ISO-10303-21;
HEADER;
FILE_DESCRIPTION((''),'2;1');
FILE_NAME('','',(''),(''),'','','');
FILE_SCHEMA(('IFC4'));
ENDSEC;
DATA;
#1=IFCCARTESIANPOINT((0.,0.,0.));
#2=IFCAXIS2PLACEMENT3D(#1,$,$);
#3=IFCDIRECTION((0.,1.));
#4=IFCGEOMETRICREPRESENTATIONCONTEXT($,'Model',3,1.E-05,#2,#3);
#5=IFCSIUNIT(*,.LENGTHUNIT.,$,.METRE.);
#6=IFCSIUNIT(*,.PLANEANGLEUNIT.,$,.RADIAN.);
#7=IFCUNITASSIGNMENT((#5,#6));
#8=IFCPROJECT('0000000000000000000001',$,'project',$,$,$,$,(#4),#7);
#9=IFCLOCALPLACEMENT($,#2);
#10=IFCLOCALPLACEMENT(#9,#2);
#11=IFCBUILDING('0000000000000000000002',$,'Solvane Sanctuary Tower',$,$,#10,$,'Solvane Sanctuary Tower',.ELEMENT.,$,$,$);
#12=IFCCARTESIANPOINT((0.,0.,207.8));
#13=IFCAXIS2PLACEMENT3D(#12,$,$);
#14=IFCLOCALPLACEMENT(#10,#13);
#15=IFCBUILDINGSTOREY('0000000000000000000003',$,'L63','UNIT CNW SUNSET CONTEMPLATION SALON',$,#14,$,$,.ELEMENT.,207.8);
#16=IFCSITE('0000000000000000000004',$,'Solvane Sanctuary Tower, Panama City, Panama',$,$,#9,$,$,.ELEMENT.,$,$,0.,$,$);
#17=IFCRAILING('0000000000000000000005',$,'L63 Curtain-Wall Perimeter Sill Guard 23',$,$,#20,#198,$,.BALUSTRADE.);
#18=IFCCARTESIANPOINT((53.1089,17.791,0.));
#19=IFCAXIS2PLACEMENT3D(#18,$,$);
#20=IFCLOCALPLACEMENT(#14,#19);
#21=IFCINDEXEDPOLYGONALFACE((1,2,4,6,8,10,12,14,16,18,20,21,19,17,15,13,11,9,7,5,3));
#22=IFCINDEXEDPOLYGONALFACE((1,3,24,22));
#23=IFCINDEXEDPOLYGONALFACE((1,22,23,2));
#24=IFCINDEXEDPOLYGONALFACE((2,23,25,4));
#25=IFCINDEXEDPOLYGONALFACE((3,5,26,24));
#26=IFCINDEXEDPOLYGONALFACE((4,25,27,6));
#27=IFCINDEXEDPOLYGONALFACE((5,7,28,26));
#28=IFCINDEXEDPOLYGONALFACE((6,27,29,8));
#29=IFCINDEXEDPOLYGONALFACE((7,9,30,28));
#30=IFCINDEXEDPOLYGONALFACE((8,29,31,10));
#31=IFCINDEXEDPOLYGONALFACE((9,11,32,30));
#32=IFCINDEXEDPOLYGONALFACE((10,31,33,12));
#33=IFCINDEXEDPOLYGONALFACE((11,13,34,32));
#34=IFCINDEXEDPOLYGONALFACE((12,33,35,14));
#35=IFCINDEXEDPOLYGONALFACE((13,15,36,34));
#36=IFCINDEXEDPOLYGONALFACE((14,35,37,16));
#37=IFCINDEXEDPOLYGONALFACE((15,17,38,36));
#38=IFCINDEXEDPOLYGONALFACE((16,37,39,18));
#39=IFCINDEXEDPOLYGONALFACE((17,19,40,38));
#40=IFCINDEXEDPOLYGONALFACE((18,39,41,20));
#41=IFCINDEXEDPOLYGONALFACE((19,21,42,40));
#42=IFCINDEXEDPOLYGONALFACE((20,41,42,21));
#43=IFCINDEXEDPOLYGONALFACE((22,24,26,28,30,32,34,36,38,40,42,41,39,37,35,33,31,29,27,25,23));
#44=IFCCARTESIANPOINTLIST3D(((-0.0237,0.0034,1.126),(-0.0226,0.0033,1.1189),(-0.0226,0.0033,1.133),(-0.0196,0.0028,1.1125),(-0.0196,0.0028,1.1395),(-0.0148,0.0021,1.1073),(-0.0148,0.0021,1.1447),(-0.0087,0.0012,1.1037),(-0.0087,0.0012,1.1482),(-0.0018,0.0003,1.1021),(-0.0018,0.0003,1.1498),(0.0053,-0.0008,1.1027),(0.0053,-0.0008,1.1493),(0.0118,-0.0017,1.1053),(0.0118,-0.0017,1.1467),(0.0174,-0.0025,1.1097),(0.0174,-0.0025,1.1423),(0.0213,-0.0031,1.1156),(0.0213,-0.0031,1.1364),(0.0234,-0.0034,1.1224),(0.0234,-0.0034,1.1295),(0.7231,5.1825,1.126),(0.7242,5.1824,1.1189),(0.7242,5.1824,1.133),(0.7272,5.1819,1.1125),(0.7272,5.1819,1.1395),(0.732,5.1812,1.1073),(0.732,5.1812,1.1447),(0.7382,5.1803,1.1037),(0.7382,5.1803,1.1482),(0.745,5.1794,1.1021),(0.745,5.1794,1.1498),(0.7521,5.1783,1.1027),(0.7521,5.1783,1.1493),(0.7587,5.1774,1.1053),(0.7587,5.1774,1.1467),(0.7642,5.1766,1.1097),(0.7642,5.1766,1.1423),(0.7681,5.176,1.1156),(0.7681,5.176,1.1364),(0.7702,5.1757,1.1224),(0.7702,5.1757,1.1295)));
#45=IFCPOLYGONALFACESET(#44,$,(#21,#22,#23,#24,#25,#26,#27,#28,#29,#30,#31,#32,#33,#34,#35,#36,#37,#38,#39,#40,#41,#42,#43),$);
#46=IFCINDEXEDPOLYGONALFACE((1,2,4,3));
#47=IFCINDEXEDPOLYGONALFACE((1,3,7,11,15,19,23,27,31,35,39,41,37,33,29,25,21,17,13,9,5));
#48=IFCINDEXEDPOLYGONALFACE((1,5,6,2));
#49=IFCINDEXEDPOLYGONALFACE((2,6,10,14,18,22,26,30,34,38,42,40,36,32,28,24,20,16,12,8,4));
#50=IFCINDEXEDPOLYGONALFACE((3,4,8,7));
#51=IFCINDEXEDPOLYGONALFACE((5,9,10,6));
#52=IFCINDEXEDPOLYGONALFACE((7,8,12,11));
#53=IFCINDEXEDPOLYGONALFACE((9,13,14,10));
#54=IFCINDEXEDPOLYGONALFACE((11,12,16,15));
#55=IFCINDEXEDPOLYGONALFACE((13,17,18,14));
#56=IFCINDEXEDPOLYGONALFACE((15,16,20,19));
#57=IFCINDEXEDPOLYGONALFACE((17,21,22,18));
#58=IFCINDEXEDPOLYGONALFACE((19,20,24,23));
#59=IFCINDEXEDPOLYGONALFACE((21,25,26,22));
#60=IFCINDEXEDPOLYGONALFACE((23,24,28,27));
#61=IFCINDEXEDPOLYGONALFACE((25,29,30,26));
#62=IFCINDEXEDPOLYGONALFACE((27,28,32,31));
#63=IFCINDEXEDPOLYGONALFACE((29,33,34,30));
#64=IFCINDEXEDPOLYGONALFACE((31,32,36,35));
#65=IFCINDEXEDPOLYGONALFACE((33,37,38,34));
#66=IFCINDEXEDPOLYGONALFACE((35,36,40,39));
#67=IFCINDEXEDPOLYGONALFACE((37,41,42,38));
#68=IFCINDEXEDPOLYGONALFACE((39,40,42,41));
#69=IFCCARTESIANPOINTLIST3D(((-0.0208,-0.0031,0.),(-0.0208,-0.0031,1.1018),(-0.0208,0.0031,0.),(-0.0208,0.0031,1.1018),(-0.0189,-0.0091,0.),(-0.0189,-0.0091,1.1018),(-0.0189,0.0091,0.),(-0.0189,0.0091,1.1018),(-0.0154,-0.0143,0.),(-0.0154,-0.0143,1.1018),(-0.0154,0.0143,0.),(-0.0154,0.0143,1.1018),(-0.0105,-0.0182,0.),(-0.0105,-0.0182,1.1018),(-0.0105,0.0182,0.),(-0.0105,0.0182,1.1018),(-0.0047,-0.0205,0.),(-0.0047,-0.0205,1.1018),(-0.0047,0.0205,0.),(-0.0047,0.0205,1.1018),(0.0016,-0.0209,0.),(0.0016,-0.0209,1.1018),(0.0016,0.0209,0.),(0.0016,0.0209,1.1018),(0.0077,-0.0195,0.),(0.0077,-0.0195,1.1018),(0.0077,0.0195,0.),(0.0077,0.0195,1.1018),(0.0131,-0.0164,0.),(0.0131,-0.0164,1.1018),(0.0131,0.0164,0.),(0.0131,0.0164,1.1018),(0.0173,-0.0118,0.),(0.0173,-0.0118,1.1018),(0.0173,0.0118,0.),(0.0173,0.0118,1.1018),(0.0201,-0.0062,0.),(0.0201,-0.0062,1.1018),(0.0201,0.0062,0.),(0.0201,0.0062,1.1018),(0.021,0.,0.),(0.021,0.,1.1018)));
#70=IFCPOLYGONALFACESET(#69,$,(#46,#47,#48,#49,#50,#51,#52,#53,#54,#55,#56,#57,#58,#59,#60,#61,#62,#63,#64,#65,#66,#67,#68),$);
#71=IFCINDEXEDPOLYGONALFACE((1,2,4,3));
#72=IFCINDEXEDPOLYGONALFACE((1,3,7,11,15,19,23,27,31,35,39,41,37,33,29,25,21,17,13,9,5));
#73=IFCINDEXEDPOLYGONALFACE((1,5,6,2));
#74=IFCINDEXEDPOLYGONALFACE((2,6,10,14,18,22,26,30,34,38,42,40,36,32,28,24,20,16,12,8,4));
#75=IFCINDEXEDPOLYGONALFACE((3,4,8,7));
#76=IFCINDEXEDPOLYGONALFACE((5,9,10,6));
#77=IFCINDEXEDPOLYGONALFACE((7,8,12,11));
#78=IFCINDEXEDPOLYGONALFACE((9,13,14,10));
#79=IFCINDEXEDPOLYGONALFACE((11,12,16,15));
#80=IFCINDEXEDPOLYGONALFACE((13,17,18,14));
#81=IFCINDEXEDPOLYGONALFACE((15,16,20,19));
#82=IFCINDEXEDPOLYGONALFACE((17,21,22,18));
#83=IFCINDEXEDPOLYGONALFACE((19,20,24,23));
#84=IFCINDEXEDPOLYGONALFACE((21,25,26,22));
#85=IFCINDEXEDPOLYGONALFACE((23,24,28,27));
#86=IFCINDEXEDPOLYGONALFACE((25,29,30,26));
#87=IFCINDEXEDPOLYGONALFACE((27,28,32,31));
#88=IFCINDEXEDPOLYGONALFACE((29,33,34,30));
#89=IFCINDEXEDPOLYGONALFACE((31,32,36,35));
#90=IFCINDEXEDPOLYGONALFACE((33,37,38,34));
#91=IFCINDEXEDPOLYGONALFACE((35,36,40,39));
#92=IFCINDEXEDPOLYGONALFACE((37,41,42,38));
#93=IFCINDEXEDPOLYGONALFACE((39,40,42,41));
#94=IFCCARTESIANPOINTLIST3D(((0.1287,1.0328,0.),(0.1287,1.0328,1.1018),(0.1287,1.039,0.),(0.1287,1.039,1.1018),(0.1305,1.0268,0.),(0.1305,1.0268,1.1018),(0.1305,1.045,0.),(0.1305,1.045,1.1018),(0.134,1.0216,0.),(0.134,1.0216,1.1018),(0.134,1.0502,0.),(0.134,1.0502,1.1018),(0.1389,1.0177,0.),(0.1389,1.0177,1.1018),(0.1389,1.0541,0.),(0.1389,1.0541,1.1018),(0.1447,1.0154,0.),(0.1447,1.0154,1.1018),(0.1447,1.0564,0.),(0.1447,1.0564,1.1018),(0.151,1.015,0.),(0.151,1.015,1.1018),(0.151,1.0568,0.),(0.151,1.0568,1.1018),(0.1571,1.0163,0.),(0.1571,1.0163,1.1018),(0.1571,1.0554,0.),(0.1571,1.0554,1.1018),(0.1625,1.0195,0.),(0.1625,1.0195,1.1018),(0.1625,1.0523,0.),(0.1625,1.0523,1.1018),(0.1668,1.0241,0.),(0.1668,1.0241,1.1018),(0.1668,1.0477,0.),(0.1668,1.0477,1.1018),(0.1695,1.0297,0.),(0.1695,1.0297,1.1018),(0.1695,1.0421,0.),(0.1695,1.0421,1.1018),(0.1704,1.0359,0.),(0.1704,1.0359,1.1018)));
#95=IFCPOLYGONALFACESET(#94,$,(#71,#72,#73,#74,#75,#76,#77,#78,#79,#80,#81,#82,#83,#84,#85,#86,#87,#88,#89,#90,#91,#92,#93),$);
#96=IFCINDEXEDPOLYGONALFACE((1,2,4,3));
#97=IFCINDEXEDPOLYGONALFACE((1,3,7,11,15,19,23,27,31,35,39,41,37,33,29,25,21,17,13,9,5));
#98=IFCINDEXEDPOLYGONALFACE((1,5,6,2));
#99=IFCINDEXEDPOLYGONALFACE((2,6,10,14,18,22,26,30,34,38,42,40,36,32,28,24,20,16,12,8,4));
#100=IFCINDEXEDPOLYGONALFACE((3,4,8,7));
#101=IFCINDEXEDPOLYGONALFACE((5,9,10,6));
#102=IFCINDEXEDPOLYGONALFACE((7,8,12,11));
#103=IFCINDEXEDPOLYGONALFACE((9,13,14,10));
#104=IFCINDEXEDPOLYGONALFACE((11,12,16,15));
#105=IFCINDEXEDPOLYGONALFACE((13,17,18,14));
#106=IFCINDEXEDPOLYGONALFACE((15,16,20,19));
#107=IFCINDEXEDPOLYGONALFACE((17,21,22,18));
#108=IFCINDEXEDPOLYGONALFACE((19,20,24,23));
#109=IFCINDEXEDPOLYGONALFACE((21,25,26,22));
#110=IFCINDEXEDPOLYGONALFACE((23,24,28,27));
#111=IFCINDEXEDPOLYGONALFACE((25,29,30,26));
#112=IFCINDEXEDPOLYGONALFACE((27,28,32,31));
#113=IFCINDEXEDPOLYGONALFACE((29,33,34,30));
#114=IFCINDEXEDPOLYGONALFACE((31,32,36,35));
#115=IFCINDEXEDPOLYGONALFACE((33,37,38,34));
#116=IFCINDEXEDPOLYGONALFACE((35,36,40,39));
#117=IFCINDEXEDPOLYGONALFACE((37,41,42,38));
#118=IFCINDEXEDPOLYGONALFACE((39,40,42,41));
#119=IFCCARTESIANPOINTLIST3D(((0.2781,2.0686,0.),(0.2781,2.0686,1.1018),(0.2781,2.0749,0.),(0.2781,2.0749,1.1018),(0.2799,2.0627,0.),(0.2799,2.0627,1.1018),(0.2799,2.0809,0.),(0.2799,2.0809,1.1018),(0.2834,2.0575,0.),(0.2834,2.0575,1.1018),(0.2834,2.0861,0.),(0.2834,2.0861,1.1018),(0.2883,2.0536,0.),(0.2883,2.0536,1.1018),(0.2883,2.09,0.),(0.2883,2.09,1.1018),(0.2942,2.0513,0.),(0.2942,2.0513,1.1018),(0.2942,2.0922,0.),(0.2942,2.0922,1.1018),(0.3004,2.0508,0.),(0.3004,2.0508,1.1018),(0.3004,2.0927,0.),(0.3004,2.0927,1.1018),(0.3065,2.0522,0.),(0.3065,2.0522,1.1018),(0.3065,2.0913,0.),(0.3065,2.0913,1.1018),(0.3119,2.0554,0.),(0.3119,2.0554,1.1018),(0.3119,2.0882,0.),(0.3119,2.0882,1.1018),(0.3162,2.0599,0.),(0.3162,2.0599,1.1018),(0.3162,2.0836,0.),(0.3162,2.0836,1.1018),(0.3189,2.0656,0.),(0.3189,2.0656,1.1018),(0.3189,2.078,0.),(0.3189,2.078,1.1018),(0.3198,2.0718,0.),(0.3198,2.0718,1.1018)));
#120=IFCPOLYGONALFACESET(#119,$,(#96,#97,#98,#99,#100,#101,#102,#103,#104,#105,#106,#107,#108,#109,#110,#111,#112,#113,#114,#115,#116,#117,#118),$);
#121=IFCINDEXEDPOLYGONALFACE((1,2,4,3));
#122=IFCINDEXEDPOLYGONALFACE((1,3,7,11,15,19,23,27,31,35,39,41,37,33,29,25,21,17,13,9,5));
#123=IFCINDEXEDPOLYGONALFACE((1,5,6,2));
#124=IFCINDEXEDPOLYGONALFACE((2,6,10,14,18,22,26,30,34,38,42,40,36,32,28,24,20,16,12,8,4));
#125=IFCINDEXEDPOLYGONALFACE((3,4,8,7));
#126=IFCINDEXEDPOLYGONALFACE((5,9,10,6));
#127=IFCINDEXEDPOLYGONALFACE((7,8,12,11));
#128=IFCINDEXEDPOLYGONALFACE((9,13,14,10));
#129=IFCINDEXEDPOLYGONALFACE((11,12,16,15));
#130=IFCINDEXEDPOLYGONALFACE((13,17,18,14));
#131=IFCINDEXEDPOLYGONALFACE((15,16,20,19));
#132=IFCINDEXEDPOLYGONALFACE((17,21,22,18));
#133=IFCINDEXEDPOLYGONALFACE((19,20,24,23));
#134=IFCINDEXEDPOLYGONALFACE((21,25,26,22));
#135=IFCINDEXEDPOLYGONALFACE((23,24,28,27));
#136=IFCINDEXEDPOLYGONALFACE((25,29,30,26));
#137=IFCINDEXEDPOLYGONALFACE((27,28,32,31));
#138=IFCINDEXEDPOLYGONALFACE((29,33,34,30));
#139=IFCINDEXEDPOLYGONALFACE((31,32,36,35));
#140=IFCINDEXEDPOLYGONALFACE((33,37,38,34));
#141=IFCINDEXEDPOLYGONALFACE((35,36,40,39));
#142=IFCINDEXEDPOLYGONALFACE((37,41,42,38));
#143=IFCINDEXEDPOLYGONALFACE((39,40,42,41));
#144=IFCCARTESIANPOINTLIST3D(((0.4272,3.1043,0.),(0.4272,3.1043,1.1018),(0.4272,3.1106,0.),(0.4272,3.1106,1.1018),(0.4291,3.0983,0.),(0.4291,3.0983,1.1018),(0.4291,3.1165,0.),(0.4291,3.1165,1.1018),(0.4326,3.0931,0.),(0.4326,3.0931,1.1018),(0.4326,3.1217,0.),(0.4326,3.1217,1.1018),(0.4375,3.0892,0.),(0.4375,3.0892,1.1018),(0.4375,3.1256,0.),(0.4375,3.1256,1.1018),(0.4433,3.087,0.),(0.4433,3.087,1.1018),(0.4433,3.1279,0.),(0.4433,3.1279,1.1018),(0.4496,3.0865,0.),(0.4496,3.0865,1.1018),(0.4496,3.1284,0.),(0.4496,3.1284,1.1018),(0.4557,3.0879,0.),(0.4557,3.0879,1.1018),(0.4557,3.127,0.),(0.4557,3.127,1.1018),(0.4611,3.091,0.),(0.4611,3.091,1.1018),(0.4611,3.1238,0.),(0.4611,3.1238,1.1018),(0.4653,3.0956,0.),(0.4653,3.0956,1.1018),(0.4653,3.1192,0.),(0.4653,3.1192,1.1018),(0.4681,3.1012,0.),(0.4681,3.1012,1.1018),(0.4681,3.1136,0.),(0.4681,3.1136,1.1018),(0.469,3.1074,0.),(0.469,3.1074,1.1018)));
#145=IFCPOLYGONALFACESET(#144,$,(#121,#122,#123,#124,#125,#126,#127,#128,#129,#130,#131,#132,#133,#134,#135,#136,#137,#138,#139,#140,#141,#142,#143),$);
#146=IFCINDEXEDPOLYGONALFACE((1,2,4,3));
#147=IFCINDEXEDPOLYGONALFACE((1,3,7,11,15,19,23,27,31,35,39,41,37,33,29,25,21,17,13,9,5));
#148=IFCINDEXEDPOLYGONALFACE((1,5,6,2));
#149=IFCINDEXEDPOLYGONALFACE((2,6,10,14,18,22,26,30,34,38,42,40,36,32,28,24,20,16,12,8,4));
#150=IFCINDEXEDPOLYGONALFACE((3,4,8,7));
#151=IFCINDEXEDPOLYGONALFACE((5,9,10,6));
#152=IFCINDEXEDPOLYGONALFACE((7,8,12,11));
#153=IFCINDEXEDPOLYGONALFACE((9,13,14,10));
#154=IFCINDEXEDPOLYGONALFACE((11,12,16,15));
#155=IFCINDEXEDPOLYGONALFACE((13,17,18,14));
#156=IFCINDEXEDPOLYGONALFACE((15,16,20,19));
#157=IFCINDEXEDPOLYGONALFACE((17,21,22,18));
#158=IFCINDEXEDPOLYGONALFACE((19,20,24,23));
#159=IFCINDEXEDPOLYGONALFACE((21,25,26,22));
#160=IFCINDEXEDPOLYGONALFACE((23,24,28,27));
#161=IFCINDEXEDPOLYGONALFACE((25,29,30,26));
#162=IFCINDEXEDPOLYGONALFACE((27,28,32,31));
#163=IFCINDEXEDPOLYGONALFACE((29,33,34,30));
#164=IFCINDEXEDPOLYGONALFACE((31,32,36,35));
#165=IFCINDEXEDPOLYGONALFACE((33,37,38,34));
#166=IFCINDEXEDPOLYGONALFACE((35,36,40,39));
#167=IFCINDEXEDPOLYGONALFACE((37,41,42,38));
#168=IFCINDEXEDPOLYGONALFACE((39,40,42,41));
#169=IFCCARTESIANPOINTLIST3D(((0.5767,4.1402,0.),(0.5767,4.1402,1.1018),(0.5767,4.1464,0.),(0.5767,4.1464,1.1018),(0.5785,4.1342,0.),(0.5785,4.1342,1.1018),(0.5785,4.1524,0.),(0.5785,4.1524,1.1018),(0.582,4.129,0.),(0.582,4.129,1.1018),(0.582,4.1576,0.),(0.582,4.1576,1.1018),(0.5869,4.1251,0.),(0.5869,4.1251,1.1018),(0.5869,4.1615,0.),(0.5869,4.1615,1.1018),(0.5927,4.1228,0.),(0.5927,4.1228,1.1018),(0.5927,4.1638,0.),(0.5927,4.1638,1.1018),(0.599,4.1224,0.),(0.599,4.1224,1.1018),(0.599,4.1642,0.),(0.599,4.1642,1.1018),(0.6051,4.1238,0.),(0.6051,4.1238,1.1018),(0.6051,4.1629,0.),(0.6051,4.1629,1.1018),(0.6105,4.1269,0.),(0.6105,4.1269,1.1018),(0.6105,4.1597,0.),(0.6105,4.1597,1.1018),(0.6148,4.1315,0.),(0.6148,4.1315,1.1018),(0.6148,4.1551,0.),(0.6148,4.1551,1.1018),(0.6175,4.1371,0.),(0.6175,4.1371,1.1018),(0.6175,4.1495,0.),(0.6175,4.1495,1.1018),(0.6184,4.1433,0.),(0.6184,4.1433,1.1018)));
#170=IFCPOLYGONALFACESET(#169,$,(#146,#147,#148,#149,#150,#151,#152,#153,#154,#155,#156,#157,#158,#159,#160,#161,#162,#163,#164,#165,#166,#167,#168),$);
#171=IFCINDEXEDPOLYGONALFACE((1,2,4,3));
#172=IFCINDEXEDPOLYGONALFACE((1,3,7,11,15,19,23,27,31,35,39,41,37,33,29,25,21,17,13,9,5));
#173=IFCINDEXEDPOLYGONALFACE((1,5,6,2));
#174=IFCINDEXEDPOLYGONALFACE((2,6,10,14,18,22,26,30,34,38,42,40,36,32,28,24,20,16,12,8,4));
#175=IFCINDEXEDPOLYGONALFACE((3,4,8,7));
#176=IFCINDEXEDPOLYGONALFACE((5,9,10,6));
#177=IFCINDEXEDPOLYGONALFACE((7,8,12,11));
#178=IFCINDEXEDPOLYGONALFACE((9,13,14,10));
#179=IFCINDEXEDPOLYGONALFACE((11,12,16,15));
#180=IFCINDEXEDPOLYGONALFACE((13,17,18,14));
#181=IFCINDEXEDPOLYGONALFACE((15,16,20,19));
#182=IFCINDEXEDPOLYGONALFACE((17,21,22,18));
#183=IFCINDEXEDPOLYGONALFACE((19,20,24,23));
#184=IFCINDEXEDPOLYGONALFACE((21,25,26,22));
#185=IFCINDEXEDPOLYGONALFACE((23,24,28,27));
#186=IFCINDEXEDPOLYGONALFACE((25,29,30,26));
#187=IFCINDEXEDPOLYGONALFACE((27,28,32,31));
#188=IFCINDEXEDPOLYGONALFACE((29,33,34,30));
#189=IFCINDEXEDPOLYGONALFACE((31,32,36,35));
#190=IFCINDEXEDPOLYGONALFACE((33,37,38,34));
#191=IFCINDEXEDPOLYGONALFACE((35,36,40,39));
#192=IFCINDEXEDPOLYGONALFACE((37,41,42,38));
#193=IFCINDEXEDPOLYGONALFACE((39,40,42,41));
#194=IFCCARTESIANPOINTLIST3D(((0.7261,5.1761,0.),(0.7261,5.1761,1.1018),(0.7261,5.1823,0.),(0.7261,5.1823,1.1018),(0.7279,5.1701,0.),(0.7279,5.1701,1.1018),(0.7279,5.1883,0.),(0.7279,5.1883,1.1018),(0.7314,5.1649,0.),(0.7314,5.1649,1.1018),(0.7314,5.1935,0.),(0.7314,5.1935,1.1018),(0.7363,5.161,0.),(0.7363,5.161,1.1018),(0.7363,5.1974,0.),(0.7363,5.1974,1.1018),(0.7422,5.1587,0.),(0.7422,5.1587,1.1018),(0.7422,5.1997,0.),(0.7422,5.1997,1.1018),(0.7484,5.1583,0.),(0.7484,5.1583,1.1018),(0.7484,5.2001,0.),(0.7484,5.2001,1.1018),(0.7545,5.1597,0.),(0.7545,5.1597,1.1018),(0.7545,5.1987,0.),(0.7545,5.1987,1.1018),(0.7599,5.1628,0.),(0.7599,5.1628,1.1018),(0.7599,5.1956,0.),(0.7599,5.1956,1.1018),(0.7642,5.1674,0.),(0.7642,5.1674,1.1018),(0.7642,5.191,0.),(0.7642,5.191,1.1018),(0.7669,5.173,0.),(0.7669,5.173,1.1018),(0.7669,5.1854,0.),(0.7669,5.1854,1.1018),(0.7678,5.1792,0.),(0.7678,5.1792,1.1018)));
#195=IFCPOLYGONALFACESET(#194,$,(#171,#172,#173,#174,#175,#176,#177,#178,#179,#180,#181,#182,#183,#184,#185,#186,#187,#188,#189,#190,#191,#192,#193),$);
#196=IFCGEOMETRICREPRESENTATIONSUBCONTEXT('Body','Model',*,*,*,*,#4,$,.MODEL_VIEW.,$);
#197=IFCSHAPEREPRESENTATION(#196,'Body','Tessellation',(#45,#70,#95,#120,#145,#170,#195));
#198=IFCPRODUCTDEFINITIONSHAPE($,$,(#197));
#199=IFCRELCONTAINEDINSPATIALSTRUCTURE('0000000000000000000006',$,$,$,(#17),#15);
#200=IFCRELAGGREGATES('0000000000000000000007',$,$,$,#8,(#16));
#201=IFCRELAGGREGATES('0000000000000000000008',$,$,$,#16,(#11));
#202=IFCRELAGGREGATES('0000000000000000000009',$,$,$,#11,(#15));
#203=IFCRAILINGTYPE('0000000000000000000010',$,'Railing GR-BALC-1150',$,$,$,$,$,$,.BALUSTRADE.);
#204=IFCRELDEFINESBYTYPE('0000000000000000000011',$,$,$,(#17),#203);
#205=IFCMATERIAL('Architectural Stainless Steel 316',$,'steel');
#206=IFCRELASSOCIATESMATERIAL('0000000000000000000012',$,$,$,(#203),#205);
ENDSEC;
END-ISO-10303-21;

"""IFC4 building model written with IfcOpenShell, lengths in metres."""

from ifc_helpers import new_model, si_unit, direction, frame, origin, origin_2d, place, context, subcontext, project, spatial, circle, extrude, material, type_object, element, save


model = new_model("IFC4")

# Units and contexts
model_context = context("Model", 3, precision=1e-05, world=origin(), true_north=direction((0.0, 1.0)))
body_context = subcontext(model_context, "Body", "Model", "MODEL_VIEW")
ifc_project = project(units=[si_unit("LENGTHUNIT", "METRE"), si_unit("PLANEANGLEUNIT", "RADIAN")], contexts=[model_context])

# Site, building, storey
site_placement = place(None, origin())
site = spatial("IfcSite", under=ifc_project, at=site_placement, Name="Solvane Sanctuary Tower, Panama City, Panama", CompositionType="ELEMENT", RefElevation=0.0)
building_placement = place(site_placement, origin())
building = spatial("IfcBuilding", under=site, at=building_placement, Name="Solvane Sanctuary Tower", LongName="Solvane Sanctuary Tower", CompositionType="ELEMENT")
storey_placement = place(building_placement, frame((0.0, 0.0, 207.8)))
storey = spatial("IfcBuildingStorey", under=building, at=storey_placement, Name="L63", Description="UNIT CNW SUNSET CONTEMPLATION SALON", CompositionType="ELEMENT", Elevation=207.8)

# Railing
ifc_material_1 = material(Name="Architectural Stainless Steel 316", Category="steel")
railing_type_1 = type_object("IfcRailingType", Name="Railing GR-BALC-1150", PredefinedType="BALUSTRADE", material=ifc_material_1)
railing_1_placement = place(storey_placement, frame((53.1089, 17.791, 0.0)))
element("IfcRailing", 1, at=railing_1_placement, inside=storey, type_object=railing_type_1, Name="L63 Curtain-Wall Perimeter Sill Guard 23", PredefinedType="BALUSTRADE", context=body_context, shape_type="SweptSolid", body=[
    extrude(circle(Radius=0.0239, at=origin_2d()), frame((0.0, 0.0, 1.126), z_axis=(0.142721, 0.989763, 0.0), x_axis=(-0.989763, 0.142721, 0.0)), (0.0, 0.0, 1.0), 5.2327),
    extrude(circle(Radius=0.021, at=origin_2d()), origin(), (0.0, 0.0, 1.0), 1.1018),
    extrude(circle(Radius=0.021, at=origin_2d()), frame((0.1494, 1.0359, 0.0)), (0.0, 0.0, 1.0), 1.1018),
    extrude(circle(Radius=0.021, at=origin_2d()), frame((0.2988, 2.0718, 0.0)), (0.0, 0.0, 1.0), 1.1018),
    extrude(circle(Radius=0.021, at=origin_2d()), frame((0.448, 3.1074, 0.0)), (0.0, 0.0, 1.0), 1.1018),
    extrude(circle(Radius=0.021, at=origin_2d()), frame((0.5974, 4.1433, 0.0)), (0.0, 0.0, 1.0), 1.1018),
    extrude(circle(Radius=0.021, at=origin_2d()), frame((0.7468, 5.1792, 0.0)), (0.0, 0.0, 1.0), 1.1018),
])

save(model, "model.ifc")
